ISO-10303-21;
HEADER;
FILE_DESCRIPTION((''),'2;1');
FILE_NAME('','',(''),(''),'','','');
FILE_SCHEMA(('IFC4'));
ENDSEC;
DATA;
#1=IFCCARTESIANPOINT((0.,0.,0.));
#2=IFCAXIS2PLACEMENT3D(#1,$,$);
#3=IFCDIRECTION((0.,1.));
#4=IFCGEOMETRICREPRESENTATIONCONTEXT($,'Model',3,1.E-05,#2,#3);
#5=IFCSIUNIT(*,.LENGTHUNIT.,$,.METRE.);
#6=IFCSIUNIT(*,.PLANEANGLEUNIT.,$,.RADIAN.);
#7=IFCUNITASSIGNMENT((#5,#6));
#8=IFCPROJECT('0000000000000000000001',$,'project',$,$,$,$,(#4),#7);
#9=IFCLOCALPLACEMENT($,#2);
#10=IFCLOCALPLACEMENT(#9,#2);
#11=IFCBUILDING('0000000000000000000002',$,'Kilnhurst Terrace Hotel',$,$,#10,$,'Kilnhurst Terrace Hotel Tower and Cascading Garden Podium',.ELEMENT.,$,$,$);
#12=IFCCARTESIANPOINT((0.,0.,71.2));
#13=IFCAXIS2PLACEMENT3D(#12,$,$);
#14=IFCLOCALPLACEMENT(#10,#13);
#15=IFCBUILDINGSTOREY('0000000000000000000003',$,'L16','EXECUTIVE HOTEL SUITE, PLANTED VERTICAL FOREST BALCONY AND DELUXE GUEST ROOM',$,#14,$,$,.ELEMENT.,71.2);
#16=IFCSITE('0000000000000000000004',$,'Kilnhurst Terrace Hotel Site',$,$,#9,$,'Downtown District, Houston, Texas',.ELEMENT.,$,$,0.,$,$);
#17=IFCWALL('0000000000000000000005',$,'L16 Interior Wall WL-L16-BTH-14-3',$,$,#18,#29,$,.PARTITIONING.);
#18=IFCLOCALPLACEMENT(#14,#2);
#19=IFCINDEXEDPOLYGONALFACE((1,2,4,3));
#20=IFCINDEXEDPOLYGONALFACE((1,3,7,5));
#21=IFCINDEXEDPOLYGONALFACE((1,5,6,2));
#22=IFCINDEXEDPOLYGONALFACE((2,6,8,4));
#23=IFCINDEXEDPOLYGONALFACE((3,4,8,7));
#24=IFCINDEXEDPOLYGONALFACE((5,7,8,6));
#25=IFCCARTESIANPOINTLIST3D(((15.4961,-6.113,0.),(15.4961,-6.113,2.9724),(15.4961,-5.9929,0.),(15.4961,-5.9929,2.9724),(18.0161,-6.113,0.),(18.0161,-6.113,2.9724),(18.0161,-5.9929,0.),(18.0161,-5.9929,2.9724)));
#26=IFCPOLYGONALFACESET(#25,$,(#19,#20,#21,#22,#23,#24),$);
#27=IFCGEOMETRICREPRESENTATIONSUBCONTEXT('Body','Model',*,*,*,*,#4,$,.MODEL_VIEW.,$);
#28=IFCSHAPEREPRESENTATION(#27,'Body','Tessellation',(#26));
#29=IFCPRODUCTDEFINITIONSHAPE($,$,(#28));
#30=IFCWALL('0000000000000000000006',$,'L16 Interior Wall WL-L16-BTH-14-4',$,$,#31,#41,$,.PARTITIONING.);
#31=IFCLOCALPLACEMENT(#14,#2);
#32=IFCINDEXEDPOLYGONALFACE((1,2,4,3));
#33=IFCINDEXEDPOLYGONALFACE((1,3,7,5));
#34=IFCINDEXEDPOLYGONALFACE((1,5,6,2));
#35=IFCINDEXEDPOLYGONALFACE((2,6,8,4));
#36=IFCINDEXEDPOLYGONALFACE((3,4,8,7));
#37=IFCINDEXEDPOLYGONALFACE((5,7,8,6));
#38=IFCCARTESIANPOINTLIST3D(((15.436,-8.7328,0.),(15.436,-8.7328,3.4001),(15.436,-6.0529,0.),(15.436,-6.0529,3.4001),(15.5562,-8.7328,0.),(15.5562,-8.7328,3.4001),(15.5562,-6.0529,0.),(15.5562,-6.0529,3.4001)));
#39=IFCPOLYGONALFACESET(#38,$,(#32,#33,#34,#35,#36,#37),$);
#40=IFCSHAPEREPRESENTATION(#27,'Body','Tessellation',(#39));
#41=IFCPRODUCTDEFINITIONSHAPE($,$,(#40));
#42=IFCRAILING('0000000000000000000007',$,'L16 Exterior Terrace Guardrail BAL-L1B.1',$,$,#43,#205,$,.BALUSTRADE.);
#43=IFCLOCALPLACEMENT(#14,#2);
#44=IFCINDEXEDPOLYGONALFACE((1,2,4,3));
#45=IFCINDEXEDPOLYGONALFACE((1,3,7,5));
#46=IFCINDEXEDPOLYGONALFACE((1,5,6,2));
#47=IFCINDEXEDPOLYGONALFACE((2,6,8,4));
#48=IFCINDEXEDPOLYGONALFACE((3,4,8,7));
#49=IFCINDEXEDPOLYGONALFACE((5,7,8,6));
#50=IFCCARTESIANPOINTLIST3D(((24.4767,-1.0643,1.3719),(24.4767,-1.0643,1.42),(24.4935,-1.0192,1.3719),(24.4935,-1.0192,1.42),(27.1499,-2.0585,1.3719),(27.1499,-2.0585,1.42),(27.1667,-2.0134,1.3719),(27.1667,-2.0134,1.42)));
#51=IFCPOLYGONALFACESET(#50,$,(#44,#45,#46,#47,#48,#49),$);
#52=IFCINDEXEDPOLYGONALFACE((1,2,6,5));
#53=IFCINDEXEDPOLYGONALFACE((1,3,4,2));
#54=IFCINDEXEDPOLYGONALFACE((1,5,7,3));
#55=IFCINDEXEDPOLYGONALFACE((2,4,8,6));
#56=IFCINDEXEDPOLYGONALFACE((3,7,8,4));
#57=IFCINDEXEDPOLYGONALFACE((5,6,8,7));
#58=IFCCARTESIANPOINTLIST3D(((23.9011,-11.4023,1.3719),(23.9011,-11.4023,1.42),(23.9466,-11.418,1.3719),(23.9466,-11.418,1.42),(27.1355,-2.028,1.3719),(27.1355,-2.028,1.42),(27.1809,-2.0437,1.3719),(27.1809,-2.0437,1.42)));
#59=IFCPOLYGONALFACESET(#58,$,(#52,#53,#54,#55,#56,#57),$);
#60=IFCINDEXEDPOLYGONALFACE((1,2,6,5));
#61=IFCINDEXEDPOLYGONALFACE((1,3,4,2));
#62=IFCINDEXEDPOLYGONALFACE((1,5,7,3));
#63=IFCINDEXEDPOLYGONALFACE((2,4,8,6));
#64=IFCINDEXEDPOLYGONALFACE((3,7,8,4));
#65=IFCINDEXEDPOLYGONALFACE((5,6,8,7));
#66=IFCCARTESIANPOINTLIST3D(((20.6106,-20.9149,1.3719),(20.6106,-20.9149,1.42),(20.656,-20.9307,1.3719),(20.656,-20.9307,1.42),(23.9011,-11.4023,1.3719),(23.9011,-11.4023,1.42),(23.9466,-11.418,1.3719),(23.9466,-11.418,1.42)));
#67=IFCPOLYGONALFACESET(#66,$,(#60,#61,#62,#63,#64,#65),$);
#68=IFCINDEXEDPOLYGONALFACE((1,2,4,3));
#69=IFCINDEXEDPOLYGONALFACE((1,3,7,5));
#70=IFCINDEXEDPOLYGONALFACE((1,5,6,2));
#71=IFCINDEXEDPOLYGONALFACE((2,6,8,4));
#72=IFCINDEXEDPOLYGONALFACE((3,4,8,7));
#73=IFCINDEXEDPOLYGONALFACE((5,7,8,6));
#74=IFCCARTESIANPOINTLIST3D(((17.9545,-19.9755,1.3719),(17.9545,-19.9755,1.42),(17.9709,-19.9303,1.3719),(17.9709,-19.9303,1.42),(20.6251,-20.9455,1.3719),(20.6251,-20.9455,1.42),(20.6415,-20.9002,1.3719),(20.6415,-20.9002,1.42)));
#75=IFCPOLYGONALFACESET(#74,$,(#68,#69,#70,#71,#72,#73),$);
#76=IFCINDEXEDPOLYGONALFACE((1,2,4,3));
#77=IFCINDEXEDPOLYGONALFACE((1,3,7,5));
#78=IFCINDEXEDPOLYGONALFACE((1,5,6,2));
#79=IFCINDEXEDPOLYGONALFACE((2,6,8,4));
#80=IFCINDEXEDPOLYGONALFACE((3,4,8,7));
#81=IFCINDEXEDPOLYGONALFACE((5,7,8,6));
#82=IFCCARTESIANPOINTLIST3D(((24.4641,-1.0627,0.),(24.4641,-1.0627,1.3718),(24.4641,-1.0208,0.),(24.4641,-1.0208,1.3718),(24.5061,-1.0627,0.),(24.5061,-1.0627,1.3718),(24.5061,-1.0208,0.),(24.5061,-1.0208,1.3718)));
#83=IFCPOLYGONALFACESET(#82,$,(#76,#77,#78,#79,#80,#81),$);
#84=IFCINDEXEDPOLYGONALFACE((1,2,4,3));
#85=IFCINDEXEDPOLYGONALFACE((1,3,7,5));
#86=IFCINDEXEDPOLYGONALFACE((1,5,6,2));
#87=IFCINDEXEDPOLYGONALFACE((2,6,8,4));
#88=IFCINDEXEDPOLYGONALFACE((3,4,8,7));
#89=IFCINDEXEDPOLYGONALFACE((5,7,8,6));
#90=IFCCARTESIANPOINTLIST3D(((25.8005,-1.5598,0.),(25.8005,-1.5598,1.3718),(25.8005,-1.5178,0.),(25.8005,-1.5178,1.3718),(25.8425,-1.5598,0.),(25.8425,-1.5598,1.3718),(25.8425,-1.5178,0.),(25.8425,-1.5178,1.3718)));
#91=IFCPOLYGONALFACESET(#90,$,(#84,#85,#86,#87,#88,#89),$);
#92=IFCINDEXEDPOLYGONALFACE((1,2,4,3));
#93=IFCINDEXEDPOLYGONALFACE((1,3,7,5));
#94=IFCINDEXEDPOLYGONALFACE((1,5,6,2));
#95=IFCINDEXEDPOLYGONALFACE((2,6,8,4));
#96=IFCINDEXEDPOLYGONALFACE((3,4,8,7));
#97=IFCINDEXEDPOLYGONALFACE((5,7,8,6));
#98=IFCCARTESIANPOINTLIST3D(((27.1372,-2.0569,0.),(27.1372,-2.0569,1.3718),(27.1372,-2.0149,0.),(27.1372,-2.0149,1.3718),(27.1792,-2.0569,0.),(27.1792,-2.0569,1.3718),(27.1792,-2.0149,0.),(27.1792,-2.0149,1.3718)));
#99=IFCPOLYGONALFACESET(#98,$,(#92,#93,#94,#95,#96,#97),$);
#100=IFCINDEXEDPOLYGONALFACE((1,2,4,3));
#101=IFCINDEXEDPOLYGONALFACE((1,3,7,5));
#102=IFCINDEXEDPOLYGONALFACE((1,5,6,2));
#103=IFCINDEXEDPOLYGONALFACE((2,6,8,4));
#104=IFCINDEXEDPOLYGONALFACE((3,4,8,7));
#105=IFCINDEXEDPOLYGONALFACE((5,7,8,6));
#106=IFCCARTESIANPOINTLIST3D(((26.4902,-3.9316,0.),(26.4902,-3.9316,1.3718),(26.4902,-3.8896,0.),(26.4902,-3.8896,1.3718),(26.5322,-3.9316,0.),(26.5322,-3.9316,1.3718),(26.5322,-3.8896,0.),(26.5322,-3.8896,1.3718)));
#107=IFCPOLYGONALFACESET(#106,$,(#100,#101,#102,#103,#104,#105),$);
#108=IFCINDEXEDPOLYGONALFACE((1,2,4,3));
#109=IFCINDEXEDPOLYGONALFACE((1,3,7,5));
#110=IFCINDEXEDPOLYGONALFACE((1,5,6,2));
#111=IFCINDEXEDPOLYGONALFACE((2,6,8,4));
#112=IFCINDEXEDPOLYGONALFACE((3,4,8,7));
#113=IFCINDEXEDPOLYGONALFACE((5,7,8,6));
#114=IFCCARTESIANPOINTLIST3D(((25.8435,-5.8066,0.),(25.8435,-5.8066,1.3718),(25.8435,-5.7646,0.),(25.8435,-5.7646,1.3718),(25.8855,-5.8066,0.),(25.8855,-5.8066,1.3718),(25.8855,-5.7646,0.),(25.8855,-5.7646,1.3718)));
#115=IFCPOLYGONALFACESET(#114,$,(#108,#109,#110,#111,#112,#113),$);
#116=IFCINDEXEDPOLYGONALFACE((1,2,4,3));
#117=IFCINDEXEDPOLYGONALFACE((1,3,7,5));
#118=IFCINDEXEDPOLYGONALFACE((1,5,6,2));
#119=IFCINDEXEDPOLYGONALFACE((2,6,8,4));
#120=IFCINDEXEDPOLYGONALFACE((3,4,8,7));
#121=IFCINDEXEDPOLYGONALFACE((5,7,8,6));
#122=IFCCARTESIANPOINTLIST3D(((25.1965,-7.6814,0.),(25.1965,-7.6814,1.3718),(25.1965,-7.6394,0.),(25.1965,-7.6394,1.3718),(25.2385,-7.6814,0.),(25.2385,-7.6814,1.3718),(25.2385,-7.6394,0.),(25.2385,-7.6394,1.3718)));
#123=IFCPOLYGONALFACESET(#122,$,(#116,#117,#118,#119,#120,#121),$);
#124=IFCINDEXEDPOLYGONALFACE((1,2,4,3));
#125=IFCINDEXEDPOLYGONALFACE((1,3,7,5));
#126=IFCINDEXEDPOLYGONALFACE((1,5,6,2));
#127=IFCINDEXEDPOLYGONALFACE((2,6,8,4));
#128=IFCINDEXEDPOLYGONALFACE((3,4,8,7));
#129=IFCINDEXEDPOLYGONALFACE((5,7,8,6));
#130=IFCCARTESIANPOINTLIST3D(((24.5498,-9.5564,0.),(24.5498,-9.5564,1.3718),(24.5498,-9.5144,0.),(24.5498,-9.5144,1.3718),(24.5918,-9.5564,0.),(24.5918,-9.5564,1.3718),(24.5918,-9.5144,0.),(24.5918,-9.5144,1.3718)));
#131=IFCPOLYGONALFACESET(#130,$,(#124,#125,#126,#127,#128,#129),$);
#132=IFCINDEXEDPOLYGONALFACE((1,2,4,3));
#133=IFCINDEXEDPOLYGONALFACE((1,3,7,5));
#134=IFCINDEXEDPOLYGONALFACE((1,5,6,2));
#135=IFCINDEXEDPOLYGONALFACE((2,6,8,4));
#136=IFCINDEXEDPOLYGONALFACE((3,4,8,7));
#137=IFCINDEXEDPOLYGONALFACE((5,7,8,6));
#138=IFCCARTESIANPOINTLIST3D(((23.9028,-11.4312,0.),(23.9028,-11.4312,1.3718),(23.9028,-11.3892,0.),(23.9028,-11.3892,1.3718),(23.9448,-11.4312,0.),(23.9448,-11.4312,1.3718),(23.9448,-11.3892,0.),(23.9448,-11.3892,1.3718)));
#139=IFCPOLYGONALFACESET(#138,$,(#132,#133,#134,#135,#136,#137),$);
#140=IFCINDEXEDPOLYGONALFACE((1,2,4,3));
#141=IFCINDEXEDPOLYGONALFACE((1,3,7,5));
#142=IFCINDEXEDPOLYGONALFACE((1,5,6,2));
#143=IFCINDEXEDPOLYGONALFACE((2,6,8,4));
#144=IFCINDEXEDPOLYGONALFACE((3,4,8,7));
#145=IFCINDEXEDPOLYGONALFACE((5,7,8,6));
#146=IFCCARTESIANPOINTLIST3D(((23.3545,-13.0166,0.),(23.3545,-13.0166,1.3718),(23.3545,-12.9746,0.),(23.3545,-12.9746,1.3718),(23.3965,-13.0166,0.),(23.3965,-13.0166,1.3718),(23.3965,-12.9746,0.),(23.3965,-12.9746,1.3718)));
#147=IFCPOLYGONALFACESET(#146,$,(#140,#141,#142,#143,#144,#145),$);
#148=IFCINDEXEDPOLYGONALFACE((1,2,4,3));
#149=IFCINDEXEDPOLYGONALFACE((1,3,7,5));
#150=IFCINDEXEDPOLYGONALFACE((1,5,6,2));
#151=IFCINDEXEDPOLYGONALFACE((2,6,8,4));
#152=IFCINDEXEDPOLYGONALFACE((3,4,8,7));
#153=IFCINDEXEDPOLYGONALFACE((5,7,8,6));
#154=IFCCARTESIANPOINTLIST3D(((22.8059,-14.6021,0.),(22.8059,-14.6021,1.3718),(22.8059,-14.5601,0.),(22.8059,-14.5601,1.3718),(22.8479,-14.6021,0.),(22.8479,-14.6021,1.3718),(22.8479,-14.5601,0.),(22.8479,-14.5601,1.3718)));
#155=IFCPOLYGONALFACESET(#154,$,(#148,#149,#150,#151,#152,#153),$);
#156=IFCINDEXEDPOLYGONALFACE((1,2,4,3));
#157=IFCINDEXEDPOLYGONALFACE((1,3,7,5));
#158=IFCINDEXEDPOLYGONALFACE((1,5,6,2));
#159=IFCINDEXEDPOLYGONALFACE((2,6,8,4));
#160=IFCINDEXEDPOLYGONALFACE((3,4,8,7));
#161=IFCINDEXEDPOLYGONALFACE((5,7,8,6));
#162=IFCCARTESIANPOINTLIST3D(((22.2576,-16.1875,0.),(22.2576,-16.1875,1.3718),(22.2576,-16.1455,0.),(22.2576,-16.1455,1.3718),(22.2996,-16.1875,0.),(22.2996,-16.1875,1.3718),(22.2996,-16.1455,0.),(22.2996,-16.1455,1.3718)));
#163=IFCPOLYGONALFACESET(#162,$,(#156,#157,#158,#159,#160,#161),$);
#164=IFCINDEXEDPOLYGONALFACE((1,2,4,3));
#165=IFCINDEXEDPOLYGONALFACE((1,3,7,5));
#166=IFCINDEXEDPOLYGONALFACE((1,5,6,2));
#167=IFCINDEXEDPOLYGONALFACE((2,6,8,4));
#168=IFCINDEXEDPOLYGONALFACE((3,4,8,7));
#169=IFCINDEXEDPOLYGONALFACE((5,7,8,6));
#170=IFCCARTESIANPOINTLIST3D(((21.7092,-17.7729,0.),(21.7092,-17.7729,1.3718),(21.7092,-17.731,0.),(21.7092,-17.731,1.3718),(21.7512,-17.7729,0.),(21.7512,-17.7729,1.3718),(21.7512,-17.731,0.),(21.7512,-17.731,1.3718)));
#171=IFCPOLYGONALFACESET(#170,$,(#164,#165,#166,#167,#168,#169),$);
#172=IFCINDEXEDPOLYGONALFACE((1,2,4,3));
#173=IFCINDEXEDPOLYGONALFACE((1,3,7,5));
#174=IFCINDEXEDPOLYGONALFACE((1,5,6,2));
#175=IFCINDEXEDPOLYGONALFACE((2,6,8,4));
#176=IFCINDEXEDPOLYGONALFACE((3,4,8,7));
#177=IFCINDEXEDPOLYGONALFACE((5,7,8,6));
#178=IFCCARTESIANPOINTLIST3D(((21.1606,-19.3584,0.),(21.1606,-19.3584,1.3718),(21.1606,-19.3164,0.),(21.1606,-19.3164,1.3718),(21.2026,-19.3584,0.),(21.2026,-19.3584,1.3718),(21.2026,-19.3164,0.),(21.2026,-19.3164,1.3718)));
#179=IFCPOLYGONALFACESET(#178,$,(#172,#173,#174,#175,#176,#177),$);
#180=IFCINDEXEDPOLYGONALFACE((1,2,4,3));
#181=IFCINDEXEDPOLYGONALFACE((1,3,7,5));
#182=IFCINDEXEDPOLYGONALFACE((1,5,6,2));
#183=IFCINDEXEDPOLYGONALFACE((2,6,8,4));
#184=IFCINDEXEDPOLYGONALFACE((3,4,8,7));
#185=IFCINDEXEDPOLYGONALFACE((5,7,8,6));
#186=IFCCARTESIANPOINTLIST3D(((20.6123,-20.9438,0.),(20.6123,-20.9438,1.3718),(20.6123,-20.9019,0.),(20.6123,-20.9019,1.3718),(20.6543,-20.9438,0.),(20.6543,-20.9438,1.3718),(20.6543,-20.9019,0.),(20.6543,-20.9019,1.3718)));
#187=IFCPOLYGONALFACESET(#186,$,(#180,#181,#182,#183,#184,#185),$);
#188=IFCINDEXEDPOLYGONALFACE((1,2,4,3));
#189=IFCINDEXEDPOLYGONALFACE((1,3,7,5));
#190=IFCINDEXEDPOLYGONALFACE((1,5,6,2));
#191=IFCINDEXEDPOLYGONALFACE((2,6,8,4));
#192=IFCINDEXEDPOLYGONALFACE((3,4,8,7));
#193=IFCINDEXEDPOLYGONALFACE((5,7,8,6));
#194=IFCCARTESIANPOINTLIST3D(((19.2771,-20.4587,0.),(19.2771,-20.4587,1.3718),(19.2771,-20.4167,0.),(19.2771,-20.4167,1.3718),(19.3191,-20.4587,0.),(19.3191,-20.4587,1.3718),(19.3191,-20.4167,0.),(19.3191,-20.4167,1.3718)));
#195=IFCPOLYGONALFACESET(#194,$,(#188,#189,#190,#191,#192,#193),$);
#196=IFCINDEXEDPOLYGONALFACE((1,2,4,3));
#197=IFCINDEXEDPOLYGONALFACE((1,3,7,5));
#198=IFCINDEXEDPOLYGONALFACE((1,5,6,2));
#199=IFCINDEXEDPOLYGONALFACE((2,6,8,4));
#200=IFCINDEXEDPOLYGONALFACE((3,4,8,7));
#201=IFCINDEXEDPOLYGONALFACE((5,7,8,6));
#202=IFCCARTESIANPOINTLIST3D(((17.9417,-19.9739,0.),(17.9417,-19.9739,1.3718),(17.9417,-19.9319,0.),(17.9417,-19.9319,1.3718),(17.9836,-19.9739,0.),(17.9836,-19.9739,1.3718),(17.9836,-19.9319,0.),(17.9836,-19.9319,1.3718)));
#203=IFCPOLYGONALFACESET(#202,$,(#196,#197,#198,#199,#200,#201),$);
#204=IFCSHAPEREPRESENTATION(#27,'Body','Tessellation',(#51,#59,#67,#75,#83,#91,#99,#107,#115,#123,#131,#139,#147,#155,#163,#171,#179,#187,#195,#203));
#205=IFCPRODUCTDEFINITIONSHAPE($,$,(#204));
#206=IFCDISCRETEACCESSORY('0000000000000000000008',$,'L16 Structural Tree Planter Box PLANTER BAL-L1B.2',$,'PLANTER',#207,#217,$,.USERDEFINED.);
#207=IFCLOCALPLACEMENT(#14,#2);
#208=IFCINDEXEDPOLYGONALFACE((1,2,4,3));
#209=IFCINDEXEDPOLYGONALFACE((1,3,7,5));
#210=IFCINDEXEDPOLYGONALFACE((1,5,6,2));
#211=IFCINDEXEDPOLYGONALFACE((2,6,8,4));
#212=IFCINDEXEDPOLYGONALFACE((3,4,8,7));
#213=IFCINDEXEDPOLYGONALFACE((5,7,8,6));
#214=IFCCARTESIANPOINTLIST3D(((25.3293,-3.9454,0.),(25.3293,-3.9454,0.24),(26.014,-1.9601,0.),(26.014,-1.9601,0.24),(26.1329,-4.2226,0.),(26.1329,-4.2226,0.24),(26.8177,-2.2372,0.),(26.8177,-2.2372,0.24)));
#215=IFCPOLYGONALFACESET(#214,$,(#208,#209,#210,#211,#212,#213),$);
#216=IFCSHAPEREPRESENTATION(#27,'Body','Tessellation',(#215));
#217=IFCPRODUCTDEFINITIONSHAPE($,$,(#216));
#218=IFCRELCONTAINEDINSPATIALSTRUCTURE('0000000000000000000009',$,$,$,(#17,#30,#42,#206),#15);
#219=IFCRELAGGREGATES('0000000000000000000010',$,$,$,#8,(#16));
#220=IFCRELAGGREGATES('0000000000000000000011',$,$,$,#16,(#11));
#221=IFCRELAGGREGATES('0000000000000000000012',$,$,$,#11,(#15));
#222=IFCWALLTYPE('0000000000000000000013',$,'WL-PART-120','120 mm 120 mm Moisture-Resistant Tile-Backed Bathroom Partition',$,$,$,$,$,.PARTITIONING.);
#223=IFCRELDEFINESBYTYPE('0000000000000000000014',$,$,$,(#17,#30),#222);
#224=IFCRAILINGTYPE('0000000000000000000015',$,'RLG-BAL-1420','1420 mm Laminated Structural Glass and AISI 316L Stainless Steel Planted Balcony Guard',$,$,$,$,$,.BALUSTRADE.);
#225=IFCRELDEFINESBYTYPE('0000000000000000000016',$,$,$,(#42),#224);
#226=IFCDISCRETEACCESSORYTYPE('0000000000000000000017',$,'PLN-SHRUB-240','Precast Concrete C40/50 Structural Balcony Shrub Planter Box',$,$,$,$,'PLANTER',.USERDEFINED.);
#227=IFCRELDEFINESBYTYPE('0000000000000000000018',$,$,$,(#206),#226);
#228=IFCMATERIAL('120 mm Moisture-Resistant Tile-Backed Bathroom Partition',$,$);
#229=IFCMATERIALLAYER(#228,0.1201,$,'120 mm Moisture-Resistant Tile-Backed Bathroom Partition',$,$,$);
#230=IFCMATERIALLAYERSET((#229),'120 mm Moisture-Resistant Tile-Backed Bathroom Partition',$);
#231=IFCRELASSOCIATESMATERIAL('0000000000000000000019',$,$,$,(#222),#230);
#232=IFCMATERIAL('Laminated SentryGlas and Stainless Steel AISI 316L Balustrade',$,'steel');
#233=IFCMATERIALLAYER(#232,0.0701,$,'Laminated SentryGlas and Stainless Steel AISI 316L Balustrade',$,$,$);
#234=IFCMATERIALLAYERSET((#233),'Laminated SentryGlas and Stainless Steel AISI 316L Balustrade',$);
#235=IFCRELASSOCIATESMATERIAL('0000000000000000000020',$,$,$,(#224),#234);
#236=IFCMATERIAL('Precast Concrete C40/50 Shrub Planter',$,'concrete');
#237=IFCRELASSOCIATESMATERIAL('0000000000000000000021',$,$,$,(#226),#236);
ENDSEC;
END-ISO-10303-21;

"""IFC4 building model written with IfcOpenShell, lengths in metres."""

from ifc_helpers import new_model, si_unit, direction, frame, frame_2d, origin, origin_2d, place, context, subcontext, project, spatial, rectangle, extrude, material, layer, layer_set, type_object, element, save


model = new_model("IFC4")

# Units and contexts
model_context = context("Model", 3, precision=1e-05, world=origin(), true_north=direction((0.0, 1.0)))
body_context = subcontext(model_context, "Body", "Model", "MODEL_VIEW")
ifc_project = project(units=[si_unit("LENGTHUNIT", "METRE"), si_unit("PLANEANGLEUNIT", "RADIAN")], contexts=[model_context])

# Site, building, storey
site_placement = place(None, origin())
site = spatial("IfcSite", under=ifc_project, at=site_placement, Name="Kilnhurst Terrace Hotel Site", LongName="Downtown District, Houston, Texas", CompositionType="ELEMENT", RefElevation=0.0)
building_placement = place(site_placement, origin())
building = spatial("IfcBuilding", under=site, at=building_placement, Name="Kilnhurst Terrace Hotel", LongName="Kilnhurst Terrace Hotel Tower and Cascading Garden Podium", CompositionType="ELEMENT")
storey_placement = place(building_placement, frame((0.0, 0.0, 71.2)))
storey = spatial("IfcBuildingStorey", under=building, at=storey_placement, Name="L16", Description="EXECUTIVE HOTEL SUITE, PLANTED VERTICAL FOREST BALCONY AND DELUXE GUEST ROOM", CompositionType="ELEMENT", Elevation=71.2)

# Walls
ifc_material_1 = material(Name="120 mm Moisture-Resistant Tile-Backed Bathroom Partition")
ifc_layer_1 = layer(ifc_material_1, 0.1201, Name="120 mm Moisture-Resistant Tile-Backed Bathroom Partition")
ifc_layer_set_1 = layer_set([ifc_layer_1], Name="120 mm Moisture-Resistant Tile-Backed Bathroom Partition")
wall_type_1 = type_object("IfcWallType", Name="WL-PART-120", Description="120 mm 120 mm Moisture-Resistant Tile-Backed Bathroom Partition", PredefinedType="PARTITIONING", material=ifc_layer_set_1)
wall_1_placement = place(storey_placement, frame((18.0161, -6.053, 0.0), z_axis=(0.0, 0.0, 1.0), x_axis=(-1.0, 0.0, 0.0)))
element("IfcWall", 1, at=wall_1_placement, inside=storey, type_object=wall_type_1, Name="L16 Interior Wall WL-L16-BTH-14-3", PredefinedType="PARTITIONING", context=body_context, shape_type="SweptSolid", body=[
    extrude(rectangle(XDim=2.52, YDim=0.1201, at=frame_2d((1.26, 0.0))), origin(), (0.0, 0.0, 1.0), 2.9724),
])
wall_2_placement = place(storey_placement, frame((15.4961, -6.053, 0.0), z_axis=(0.0, 0.0, 1.0), x_axis=(0.0, -1.0, 0.0)))
element("IfcWall", 2, at=wall_2_placement, inside=storey, type_object=wall_type_1, Name="L16 Interior Wall WL-L16-BTH-14-4", PredefinedType="PARTITIONING", context=body_context, shape_type="SweptSolid", body=[
    extrude(rectangle(XDim=2.6799, YDim=0.1201, at=frame_2d((1.3398, 0.0))), origin(), (0.0, 0.0, 1.0), 3.4001),
])

# Railing
ifc_material_2 = material(Name="Laminated SentryGlas and Stainless Steel AISI 316L Balustrade", Category="steel")
ifc_layer_2 = layer(ifc_material_2, 0.0701, Name="Laminated SentryGlas and Stainless Steel AISI 316L Balustrade")
ifc_layer_set_2 = layer_set([ifc_layer_2], Name="Laminated SentryGlas and Stainless Steel AISI 316L Balustrade")
railing_type = type_object("IfcRailingType", Name="RLG-BAL-1420", Description="1420 mm Laminated Structural Glass and AISI 316L Stainless Steel Planted Balcony Guard", PredefinedType="BALUSTRADE", material=ifc_layer_set_2)
railing_placement = place(storey_placement, frame((24.4851, -1.0417, 0.0)))
element("IfcRailing", 3, at=railing_placement, inside=storey, type_object=railing_type, Name="L16 Exterior Terrace Guardrail BAL-L1B.1", PredefinedType="BALUSTRADE", context=body_context, shape_type="SweptSolid", body=[
    extrude(rectangle(XDim=0.0481, YDim=0.0481, at=origin_2d()), frame((0.0, 0.0, 1.396), z_axis=(0.937279, -0.34858, 0.0), x_axis=(0.34858, 0.937279, 0.0)), (0.0, 0.0, 1.0), 2.8521),
    extrude(rectangle(XDim=0.0481, YDim=0.0481, at=origin_2d()), frame((2.6731, -0.9941, 1.396), z_axis=(-0.326159, -0.945315, 0.0), x_axis=(0.945315, -0.326159, 0.0)), (0.0, 0.0, 1.0), 9.9165),
    extrude(rectangle(XDim=0.0481, YDim=0.0481, at=origin_2d()), frame((-0.5613, -10.3684, 1.396), z_axis=(-0.326904, -0.945058, 0.0), x_axis=(0.945058, -0.326904, 0.0)), (0.0, 0.0, 1.0), 10.0657),
    extrude(rectangle(XDim=0.0481, YDim=0.0481, at=origin_2d()), frame((-3.8518, -19.8811, 1.396), z_axis=(-0.939926, 0.341377, 0.0), x_axis=(-0.341377, -0.939926, 0.0)), (0.0, 0.0, 1.0), 2.8413),
    extrude(rectangle(XDim=0.042, YDim=0.042, at=origin_2d()), origin(), (0.0, 0.0, 1.0), 1.3718),
    extrude(rectangle(XDim=0.042, YDim=0.042, at=origin_2d()), frame((1.3364, -0.4971, 0.0)), (0.0, 0.0, 1.0), 1.3718),
    extrude(rectangle(XDim=0.042, YDim=0.042, at=origin_2d()), frame((2.6731, -0.9941, 0.0)), (0.0, 0.0, 1.0), 1.3718),
    extrude(rectangle(XDim=0.042, YDim=0.042, at=origin_2d()), frame((2.0261, -2.8689, 0.0)), (0.0, 0.0, 1.0), 1.3718),
    extrude(rectangle(XDim=0.042, YDim=0.042, at=origin_2d()), frame((1.3794, -4.7439, 0.0)), (0.0, 0.0, 1.0), 1.3718),
    extrude(rectangle(XDim=0.042, YDim=0.042, at=origin_2d()), frame((0.7324, -6.6187, 0.0)), (0.0, 0.0, 1.0), 1.3718),
    extrude(rectangle(XDim=0.042, YDim=0.042, at=origin_2d()), frame((0.0857, -8.4937, 0.0)), (0.0, 0.0, 1.0), 1.3718),
    extrude(rectangle(XDim=0.042, YDim=0.042, at=origin_2d()), frame((-0.5613, -10.3684, 0.0)), (0.0, 0.0, 1.0), 1.3718),
    extrude(rectangle(XDim=0.042, YDim=0.042, at=origin_2d()), frame((-1.1096, -11.9539, 0.0)), (0.0, 0.0, 1.0), 1.3718),
    extrude(rectangle(XDim=0.042, YDim=0.042, at=origin_2d()), frame((-1.6582, -13.5393, 0.0)), (0.0, 0.0, 1.0), 1.3718),
    extrude(rectangle(XDim=0.042, YDim=0.042, at=origin_2d()), frame((-2.2065, -15.1248, 0.0)), (0.0, 0.0, 1.0), 1.3718),
    extrude(rectangle(XDim=0.042, YDim=0.042, at=origin_2d()), frame((-2.7549, -16.7102, 0.0)), (0.0, 0.0, 1.0), 1.3718),
    extrude(rectangle(XDim=0.042, YDim=0.042, at=origin_2d()), frame((-3.3035, -18.2957, 0.0)), (0.0, 0.0, 1.0), 1.3718),
    extrude(rectangle(XDim=0.042, YDim=0.042, at=origin_2d()), frame((-3.8518, -19.8811, 0.0)), (0.0, 0.0, 1.0), 1.3718),
    extrude(rectangle(XDim=0.042, YDim=0.042, at=origin_2d()), frame((-5.187, -19.396, 0.0)), (0.0, 0.0, 1.0), 1.3718),
    extrude(rectangle(XDim=0.042, YDim=0.042, at=origin_2d()), frame((-6.5225, -18.9111, 0.0)), (0.0, 0.0, 1.0), 1.3718),
])

# Discrete accessory
ifc_material_3 = material(Name="Precast Concrete C40/50 Shrub Planter", Category="concrete")
discrete_accessory_type = type_object("IfcDiscreteAccessoryType", Name="PLN-SHRUB-240", Description="Precast Concrete C40/50 Structural Balcony Shrub Planter Box", ElementType="PLANTER", PredefinedType="USERDEFINED", material=ifc_material_3)
discrete_accessory_placement = place(storey_placement, frame((26.0735, -3.0913, 0.0), z_axis=(0.0, 0.0, 1.0), x_axis=(0.326063, 0.945348, 0.0)))
element("IfcDiscreteAccessory", 4, at=discrete_accessory_placement, inside=storey, type_object=discrete_accessory_type, Name="L16 Structural Tree Planter Box PLANTER BAL-L1B.2", ObjectType="PLANTER", PredefinedType="USERDEFINED", context=body_context, shape_type="SweptSolid", body=[
    extrude(rectangle(XDim=2.1001, YDim=0.8501, at=origin_2d()), origin(), (0.0, 0.0, 1.0), 0.24),
])

save(model, "model.ifc")
